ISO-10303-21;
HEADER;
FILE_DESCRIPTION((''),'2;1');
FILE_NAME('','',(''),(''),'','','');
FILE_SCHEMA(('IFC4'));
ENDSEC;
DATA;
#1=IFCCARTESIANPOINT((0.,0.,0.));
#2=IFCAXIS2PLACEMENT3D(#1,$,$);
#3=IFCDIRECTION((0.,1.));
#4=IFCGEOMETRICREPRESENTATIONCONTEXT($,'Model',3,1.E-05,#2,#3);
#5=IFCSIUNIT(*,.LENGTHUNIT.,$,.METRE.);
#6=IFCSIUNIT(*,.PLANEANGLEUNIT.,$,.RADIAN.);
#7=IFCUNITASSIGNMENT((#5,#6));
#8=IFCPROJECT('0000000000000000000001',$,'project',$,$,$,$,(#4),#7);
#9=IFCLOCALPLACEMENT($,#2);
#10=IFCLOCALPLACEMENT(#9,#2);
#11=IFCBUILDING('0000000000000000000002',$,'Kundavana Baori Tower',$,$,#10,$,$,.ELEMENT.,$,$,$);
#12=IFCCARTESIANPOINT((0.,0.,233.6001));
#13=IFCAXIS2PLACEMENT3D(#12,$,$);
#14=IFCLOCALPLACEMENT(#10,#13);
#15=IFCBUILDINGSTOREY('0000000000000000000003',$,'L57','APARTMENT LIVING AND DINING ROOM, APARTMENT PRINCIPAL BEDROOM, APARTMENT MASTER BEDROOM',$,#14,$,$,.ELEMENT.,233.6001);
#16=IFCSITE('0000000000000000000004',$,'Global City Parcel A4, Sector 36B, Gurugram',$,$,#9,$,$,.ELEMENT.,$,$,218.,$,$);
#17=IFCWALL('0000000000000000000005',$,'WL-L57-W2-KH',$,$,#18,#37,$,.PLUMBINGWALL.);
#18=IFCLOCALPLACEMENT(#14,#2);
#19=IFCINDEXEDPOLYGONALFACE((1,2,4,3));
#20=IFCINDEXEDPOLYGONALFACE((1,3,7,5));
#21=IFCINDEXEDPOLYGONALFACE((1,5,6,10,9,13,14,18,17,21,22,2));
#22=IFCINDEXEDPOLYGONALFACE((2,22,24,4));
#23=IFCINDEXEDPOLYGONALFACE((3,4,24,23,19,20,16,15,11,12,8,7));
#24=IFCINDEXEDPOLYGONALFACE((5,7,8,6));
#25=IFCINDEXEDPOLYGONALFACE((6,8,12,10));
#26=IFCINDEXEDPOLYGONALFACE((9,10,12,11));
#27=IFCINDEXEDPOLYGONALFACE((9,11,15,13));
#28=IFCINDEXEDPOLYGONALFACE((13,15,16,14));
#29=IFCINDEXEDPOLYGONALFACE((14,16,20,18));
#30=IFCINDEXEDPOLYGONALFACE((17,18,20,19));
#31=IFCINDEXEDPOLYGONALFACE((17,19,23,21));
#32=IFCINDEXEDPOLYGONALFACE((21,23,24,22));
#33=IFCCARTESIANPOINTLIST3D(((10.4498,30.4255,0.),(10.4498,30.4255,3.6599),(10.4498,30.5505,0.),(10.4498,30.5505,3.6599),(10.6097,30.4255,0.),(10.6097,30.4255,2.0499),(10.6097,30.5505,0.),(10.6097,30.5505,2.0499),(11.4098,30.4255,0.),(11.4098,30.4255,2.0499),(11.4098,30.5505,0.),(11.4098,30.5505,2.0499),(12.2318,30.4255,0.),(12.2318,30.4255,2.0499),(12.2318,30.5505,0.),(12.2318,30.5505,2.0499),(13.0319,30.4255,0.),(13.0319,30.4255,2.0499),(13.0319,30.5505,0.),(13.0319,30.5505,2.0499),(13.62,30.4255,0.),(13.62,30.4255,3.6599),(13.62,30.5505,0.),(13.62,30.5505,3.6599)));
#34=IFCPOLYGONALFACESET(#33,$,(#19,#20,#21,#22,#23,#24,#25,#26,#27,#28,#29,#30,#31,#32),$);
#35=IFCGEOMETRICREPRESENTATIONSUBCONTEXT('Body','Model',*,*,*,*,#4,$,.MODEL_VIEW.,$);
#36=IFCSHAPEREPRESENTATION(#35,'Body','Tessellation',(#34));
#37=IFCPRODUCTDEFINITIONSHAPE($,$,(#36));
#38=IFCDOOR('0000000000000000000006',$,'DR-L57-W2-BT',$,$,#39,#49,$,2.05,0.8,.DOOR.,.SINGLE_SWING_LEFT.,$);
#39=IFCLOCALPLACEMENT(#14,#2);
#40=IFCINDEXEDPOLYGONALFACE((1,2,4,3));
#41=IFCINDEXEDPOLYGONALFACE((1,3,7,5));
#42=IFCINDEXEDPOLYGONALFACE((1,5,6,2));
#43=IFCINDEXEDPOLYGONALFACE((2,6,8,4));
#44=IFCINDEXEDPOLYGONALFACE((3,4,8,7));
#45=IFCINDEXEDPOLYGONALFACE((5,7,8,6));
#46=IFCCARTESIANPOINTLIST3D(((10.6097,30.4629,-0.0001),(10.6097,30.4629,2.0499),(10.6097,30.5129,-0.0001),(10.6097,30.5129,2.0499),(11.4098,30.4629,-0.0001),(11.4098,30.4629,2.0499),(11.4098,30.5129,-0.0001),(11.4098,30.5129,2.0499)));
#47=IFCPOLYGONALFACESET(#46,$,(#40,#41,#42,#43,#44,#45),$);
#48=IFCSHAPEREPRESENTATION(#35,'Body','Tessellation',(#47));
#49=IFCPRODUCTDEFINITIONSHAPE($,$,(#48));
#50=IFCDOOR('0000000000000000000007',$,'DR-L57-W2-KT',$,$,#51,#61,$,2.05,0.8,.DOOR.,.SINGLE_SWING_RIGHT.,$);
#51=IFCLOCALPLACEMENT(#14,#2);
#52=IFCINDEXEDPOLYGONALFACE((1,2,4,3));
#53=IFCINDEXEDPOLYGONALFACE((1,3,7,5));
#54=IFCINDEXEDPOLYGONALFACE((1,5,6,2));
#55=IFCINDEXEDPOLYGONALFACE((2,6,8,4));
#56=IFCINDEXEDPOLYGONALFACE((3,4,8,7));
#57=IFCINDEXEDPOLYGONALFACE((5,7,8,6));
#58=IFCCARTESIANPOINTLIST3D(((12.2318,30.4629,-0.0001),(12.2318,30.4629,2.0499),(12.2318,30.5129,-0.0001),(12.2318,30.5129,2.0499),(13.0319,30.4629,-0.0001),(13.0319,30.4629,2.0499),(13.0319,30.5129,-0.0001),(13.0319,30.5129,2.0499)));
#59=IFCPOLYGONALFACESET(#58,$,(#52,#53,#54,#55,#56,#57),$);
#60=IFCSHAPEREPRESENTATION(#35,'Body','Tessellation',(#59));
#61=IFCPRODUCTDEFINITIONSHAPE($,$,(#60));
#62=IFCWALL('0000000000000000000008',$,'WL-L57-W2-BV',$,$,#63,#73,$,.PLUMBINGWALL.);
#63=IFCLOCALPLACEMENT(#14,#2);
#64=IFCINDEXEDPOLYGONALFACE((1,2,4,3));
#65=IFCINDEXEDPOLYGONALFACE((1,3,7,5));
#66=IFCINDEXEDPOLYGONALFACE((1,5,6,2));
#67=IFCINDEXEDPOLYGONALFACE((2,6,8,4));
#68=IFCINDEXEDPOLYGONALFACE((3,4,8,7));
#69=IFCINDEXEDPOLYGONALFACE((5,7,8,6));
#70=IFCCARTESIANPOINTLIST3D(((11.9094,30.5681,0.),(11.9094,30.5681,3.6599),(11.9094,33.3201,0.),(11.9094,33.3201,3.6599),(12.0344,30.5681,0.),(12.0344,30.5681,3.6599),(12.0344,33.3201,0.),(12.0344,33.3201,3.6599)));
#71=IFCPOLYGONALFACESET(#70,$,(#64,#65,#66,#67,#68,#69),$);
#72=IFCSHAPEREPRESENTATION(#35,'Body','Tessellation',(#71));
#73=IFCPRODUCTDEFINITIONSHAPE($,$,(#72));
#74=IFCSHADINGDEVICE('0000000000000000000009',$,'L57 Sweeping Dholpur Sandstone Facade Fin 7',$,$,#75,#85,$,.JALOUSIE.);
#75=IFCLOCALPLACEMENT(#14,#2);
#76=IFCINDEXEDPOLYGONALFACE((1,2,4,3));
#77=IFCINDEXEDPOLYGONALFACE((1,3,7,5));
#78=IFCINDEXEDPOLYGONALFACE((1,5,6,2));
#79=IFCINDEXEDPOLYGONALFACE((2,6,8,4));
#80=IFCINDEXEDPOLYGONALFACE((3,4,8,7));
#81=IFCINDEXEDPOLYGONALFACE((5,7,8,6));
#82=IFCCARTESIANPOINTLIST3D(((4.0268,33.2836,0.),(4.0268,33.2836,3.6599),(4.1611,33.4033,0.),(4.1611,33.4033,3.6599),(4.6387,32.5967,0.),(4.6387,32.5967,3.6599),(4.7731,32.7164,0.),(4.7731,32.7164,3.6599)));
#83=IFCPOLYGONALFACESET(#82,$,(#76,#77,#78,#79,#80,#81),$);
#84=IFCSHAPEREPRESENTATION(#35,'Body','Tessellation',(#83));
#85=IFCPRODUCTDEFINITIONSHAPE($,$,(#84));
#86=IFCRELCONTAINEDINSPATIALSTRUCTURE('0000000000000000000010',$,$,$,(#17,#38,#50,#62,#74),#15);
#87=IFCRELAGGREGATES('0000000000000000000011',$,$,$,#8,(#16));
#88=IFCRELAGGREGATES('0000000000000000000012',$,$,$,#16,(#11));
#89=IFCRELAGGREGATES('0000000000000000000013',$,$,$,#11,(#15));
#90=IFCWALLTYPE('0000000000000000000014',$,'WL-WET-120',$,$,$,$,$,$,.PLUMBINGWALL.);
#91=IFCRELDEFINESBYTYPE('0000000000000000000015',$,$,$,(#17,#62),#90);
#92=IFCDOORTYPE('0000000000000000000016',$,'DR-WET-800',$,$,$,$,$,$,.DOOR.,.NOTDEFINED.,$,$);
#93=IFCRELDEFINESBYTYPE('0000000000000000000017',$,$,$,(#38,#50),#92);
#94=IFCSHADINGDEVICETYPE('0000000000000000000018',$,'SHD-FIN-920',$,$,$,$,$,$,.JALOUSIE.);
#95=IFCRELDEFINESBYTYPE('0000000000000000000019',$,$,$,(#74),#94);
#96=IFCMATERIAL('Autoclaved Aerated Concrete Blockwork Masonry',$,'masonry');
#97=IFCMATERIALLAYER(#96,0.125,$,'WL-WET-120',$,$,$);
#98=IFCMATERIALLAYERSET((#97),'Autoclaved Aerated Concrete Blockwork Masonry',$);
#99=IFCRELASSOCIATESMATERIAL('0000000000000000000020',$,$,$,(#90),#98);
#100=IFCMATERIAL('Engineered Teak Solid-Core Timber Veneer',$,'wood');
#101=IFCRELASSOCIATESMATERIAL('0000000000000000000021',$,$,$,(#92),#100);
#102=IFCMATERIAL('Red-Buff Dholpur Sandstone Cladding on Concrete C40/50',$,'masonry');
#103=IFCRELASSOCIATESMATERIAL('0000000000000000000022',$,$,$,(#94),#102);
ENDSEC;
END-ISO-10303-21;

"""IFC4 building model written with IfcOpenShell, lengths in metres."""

from ifc_helpers import new_model, si_unit, direction, frame, frame_2d, origin, origin_2d, place, context, subcontext, project, spatial, rectangle, extrude, material, layer, layer_set, type_object, element, fill, save


model = new_model("IFC4")

# Units and contexts
model_context = context("Model", 3, precision=1e-05, world=origin(), true_north=direction((0.0, 1.0)))
body_context = subcontext(model_context, "Body", "Model", "MODEL_VIEW")
ifc_project = project(units=[si_unit("LENGTHUNIT", "METRE"), si_unit("PLANEANGLEUNIT", "RADIAN")], contexts=[model_context])

# Site, building, storey
site_placement = place(None, origin())
site = spatial("IfcSite", under=ifc_project, at=site_placement, Name="Global City Parcel A4, Sector 36B, Gurugram", CompositionType="ELEMENT", RefElevation=218.0)
building_placement = place(site_placement, origin())
building = spatial("IfcBuilding", under=site, at=building_placement, Name="Kundavana Baori Tower", CompositionType="ELEMENT")
storey_placement = place(building_placement, frame((0.0, 0.0, 233.6001)))
storey = spatial("IfcBuildingStorey", under=building, at=storey_placement, Name="L57", Description="APARTMENT LIVING AND DINING ROOM, APARTMENT PRINCIPAL BEDROOM, APARTMENT MASTER BEDROOM", CompositionType="ELEMENT", Elevation=233.6001)

# Wall, openings, doors
ifc_material_1 = material(Name="Autoclaved Aerated Concrete Blockwork Masonry", Category="masonry")
ifc_layer_1 = layer(ifc_material_1, 0.125, Name="WL-WET-120")
ifc_layer_set_1 = layer_set([ifc_layer_1], Name="Autoclaved Aerated Concrete Blockwork Masonry")
wall_type_1 = type_object("IfcWallType", Name="WL-WET-120", PredefinedType="PLUMBINGWALL", material=ifc_layer_set_1)
wall_1_placement = place(storey_placement, frame((10.45, 30.488, 0.0), z_axis=(0.0, 0.0, 1.0), x_axis=(1.0, 0.0, 0.0)))
wall_1 = element("IfcWall", 1, at=wall_1_placement, inside=storey, type_object=wall_type_1, Name="WL-L57-W2-KH", PredefinedType="PLUMBINGWALL", context=body_context, shape_type="SweptSolid", body=[
    extrude(rectangle(XDim=3.1702, YDim=0.125, at=frame_2d((1.585, 0.0))), origin(), (0.0, 0.0, 1.0), 3.6599),
])
opening_1_placement = place(wall_1_placement, frame((0.1599, 0.0, 0.0)))
opening_1 = element("IfcOpeningElement", 2, at=opening_1_placement, cuts=wall_1, PredefinedType="OPENING", context=body_context, shape_type="SweptSolid", body=[
    extrude(rectangle(XDim=0.8, YDim=2.05, at=frame_2d((0.3999, 1.0249))), frame((0.0, 0.0725, 0.0), z_axis=(0.0, -1.0, 0.0), x_axis=(1.0, 0.0, 0.0)), (0.0, 0.0, 1.0), 0.145),
])
opening_2_placement = place(wall_1_placement, frame((1.782, 0.0, 0.0)))
opening_2 = element("IfcOpeningElement", 3, at=opening_2_placement, cuts=wall_1, PredefinedType="OPENING", context=body_context, shape_type="SweptSolid", body=[
    extrude(rectangle(XDim=0.8, YDim=2.05, at=frame_2d((0.3999, 1.0249))), frame((0.0, 0.0725, 0.0), z_axis=(0.0, -1.0, 0.0), x_axis=(1.0, 0.0, 0.0)), (0.0, 0.0, 1.0), 0.145),
])
ifc_material_2 = material(Name="Engineered Teak Solid-Core Timber Veneer", Category="wood")
door_type_1 = type_object("IfcDoorType", Name="DR-WET-800", OperationType="NOTDEFINED", PredefinedType="DOOR", material=ifc_material_2)
door_1_placement = place(opening_1_placement, origin())
door_1 = element("IfcDoor", 4, at=door_1_placement, inside=storey, type_object=door_type_1, Name="DR-L57-W2-BT", OperationType="SINGLE_SWING_LEFT", OverallHeight=2.05, OverallWidth=0.8, PredefinedType="DOOR", context=body_context, shape_type="SweptSolid", body=[
    extrude(rectangle(XDim=0.8, YDim=2.05, at=frame_2d((0.3999, 1.0249))), frame((0.0, 0.0249, 0.0), z_axis=(0.0, -1.0, 0.0), x_axis=(1.0, 0.0, 0.0)), (0.0, 0.0, 1.0), 0.05),
])
fill(opening_1, door_1)
door_2_placement = place(opening_2_placement, origin())
door_2 = element("IfcDoor", 5, at=door_2_placement, inside=storey, type_object=door_type_1, Name="DR-L57-W2-KT", OperationType="SINGLE_SWING_RIGHT", OverallHeight=2.05, OverallWidth=0.8, PredefinedType="DOOR", context=body_context, shape_type="SweptSolid", body=[
    extrude(rectangle(XDim=0.8, YDim=2.05, at=frame_2d((0.3999, 1.0249))), frame((0.0, 0.0249, 0.0), z_axis=(0.0, -1.0, 0.0), x_axis=(1.0, 0.0, 0.0)), (0.0, 0.0, 1.0), 0.05),
])
fill(opening_2, door_2)

# Wall
wall_2_placement = place(storey_placement, frame((11.9719, 30.5681, 0.0), z_axis=(0.0, 0.0, 1.0), x_axis=(0.0, 1.0, 0.0)))
element("IfcWall", 6, at=wall_2_placement, inside=storey, type_object=wall_type_1, Name="WL-L57-W2-BV", PredefinedType="PLUMBINGWALL", context=body_context, shape_type="SweptSolid", body=[
    extrude(rectangle(XDim=2.752, YDim=0.125, at=frame_2d((1.376, 0.0))), origin(), (0.0, 0.0, 1.0), 3.6599),
])

# Shading device
ifc_material_3 = material(Name="Red-Buff Dholpur Sandstone Cladding on Concrete C40/50", Category="masonry")
shading_device_type = type_object("IfcShadingDeviceType", Name="SHD-FIN-920", PredefinedType="JALOUSIE", material=ifc_material_3)
shading_device_placement = place(storey_placement, frame((4.3999, 33.0, 0.0), z_axis=(0.0, 0.0, 1.0), x_axis=(0.746638, 0.66523, 0.0)))
element("IfcShadingDevice", 7, at=shading_device_placement, inside=storey, type_object=shading_device_type, Name="L57 Sweeping Dholpur Sandstone Facade Fin 7", PredefinedType="JALOUSIE", context=body_context, shape_type="SweptSolid", body=[
    extrude(rectangle(XDim=0.1799, YDim=0.9199, at=origin_2d()), origin(), (0.0, 0.0, 1.0), 3.6599),
])

save(model, "model.ifc")
